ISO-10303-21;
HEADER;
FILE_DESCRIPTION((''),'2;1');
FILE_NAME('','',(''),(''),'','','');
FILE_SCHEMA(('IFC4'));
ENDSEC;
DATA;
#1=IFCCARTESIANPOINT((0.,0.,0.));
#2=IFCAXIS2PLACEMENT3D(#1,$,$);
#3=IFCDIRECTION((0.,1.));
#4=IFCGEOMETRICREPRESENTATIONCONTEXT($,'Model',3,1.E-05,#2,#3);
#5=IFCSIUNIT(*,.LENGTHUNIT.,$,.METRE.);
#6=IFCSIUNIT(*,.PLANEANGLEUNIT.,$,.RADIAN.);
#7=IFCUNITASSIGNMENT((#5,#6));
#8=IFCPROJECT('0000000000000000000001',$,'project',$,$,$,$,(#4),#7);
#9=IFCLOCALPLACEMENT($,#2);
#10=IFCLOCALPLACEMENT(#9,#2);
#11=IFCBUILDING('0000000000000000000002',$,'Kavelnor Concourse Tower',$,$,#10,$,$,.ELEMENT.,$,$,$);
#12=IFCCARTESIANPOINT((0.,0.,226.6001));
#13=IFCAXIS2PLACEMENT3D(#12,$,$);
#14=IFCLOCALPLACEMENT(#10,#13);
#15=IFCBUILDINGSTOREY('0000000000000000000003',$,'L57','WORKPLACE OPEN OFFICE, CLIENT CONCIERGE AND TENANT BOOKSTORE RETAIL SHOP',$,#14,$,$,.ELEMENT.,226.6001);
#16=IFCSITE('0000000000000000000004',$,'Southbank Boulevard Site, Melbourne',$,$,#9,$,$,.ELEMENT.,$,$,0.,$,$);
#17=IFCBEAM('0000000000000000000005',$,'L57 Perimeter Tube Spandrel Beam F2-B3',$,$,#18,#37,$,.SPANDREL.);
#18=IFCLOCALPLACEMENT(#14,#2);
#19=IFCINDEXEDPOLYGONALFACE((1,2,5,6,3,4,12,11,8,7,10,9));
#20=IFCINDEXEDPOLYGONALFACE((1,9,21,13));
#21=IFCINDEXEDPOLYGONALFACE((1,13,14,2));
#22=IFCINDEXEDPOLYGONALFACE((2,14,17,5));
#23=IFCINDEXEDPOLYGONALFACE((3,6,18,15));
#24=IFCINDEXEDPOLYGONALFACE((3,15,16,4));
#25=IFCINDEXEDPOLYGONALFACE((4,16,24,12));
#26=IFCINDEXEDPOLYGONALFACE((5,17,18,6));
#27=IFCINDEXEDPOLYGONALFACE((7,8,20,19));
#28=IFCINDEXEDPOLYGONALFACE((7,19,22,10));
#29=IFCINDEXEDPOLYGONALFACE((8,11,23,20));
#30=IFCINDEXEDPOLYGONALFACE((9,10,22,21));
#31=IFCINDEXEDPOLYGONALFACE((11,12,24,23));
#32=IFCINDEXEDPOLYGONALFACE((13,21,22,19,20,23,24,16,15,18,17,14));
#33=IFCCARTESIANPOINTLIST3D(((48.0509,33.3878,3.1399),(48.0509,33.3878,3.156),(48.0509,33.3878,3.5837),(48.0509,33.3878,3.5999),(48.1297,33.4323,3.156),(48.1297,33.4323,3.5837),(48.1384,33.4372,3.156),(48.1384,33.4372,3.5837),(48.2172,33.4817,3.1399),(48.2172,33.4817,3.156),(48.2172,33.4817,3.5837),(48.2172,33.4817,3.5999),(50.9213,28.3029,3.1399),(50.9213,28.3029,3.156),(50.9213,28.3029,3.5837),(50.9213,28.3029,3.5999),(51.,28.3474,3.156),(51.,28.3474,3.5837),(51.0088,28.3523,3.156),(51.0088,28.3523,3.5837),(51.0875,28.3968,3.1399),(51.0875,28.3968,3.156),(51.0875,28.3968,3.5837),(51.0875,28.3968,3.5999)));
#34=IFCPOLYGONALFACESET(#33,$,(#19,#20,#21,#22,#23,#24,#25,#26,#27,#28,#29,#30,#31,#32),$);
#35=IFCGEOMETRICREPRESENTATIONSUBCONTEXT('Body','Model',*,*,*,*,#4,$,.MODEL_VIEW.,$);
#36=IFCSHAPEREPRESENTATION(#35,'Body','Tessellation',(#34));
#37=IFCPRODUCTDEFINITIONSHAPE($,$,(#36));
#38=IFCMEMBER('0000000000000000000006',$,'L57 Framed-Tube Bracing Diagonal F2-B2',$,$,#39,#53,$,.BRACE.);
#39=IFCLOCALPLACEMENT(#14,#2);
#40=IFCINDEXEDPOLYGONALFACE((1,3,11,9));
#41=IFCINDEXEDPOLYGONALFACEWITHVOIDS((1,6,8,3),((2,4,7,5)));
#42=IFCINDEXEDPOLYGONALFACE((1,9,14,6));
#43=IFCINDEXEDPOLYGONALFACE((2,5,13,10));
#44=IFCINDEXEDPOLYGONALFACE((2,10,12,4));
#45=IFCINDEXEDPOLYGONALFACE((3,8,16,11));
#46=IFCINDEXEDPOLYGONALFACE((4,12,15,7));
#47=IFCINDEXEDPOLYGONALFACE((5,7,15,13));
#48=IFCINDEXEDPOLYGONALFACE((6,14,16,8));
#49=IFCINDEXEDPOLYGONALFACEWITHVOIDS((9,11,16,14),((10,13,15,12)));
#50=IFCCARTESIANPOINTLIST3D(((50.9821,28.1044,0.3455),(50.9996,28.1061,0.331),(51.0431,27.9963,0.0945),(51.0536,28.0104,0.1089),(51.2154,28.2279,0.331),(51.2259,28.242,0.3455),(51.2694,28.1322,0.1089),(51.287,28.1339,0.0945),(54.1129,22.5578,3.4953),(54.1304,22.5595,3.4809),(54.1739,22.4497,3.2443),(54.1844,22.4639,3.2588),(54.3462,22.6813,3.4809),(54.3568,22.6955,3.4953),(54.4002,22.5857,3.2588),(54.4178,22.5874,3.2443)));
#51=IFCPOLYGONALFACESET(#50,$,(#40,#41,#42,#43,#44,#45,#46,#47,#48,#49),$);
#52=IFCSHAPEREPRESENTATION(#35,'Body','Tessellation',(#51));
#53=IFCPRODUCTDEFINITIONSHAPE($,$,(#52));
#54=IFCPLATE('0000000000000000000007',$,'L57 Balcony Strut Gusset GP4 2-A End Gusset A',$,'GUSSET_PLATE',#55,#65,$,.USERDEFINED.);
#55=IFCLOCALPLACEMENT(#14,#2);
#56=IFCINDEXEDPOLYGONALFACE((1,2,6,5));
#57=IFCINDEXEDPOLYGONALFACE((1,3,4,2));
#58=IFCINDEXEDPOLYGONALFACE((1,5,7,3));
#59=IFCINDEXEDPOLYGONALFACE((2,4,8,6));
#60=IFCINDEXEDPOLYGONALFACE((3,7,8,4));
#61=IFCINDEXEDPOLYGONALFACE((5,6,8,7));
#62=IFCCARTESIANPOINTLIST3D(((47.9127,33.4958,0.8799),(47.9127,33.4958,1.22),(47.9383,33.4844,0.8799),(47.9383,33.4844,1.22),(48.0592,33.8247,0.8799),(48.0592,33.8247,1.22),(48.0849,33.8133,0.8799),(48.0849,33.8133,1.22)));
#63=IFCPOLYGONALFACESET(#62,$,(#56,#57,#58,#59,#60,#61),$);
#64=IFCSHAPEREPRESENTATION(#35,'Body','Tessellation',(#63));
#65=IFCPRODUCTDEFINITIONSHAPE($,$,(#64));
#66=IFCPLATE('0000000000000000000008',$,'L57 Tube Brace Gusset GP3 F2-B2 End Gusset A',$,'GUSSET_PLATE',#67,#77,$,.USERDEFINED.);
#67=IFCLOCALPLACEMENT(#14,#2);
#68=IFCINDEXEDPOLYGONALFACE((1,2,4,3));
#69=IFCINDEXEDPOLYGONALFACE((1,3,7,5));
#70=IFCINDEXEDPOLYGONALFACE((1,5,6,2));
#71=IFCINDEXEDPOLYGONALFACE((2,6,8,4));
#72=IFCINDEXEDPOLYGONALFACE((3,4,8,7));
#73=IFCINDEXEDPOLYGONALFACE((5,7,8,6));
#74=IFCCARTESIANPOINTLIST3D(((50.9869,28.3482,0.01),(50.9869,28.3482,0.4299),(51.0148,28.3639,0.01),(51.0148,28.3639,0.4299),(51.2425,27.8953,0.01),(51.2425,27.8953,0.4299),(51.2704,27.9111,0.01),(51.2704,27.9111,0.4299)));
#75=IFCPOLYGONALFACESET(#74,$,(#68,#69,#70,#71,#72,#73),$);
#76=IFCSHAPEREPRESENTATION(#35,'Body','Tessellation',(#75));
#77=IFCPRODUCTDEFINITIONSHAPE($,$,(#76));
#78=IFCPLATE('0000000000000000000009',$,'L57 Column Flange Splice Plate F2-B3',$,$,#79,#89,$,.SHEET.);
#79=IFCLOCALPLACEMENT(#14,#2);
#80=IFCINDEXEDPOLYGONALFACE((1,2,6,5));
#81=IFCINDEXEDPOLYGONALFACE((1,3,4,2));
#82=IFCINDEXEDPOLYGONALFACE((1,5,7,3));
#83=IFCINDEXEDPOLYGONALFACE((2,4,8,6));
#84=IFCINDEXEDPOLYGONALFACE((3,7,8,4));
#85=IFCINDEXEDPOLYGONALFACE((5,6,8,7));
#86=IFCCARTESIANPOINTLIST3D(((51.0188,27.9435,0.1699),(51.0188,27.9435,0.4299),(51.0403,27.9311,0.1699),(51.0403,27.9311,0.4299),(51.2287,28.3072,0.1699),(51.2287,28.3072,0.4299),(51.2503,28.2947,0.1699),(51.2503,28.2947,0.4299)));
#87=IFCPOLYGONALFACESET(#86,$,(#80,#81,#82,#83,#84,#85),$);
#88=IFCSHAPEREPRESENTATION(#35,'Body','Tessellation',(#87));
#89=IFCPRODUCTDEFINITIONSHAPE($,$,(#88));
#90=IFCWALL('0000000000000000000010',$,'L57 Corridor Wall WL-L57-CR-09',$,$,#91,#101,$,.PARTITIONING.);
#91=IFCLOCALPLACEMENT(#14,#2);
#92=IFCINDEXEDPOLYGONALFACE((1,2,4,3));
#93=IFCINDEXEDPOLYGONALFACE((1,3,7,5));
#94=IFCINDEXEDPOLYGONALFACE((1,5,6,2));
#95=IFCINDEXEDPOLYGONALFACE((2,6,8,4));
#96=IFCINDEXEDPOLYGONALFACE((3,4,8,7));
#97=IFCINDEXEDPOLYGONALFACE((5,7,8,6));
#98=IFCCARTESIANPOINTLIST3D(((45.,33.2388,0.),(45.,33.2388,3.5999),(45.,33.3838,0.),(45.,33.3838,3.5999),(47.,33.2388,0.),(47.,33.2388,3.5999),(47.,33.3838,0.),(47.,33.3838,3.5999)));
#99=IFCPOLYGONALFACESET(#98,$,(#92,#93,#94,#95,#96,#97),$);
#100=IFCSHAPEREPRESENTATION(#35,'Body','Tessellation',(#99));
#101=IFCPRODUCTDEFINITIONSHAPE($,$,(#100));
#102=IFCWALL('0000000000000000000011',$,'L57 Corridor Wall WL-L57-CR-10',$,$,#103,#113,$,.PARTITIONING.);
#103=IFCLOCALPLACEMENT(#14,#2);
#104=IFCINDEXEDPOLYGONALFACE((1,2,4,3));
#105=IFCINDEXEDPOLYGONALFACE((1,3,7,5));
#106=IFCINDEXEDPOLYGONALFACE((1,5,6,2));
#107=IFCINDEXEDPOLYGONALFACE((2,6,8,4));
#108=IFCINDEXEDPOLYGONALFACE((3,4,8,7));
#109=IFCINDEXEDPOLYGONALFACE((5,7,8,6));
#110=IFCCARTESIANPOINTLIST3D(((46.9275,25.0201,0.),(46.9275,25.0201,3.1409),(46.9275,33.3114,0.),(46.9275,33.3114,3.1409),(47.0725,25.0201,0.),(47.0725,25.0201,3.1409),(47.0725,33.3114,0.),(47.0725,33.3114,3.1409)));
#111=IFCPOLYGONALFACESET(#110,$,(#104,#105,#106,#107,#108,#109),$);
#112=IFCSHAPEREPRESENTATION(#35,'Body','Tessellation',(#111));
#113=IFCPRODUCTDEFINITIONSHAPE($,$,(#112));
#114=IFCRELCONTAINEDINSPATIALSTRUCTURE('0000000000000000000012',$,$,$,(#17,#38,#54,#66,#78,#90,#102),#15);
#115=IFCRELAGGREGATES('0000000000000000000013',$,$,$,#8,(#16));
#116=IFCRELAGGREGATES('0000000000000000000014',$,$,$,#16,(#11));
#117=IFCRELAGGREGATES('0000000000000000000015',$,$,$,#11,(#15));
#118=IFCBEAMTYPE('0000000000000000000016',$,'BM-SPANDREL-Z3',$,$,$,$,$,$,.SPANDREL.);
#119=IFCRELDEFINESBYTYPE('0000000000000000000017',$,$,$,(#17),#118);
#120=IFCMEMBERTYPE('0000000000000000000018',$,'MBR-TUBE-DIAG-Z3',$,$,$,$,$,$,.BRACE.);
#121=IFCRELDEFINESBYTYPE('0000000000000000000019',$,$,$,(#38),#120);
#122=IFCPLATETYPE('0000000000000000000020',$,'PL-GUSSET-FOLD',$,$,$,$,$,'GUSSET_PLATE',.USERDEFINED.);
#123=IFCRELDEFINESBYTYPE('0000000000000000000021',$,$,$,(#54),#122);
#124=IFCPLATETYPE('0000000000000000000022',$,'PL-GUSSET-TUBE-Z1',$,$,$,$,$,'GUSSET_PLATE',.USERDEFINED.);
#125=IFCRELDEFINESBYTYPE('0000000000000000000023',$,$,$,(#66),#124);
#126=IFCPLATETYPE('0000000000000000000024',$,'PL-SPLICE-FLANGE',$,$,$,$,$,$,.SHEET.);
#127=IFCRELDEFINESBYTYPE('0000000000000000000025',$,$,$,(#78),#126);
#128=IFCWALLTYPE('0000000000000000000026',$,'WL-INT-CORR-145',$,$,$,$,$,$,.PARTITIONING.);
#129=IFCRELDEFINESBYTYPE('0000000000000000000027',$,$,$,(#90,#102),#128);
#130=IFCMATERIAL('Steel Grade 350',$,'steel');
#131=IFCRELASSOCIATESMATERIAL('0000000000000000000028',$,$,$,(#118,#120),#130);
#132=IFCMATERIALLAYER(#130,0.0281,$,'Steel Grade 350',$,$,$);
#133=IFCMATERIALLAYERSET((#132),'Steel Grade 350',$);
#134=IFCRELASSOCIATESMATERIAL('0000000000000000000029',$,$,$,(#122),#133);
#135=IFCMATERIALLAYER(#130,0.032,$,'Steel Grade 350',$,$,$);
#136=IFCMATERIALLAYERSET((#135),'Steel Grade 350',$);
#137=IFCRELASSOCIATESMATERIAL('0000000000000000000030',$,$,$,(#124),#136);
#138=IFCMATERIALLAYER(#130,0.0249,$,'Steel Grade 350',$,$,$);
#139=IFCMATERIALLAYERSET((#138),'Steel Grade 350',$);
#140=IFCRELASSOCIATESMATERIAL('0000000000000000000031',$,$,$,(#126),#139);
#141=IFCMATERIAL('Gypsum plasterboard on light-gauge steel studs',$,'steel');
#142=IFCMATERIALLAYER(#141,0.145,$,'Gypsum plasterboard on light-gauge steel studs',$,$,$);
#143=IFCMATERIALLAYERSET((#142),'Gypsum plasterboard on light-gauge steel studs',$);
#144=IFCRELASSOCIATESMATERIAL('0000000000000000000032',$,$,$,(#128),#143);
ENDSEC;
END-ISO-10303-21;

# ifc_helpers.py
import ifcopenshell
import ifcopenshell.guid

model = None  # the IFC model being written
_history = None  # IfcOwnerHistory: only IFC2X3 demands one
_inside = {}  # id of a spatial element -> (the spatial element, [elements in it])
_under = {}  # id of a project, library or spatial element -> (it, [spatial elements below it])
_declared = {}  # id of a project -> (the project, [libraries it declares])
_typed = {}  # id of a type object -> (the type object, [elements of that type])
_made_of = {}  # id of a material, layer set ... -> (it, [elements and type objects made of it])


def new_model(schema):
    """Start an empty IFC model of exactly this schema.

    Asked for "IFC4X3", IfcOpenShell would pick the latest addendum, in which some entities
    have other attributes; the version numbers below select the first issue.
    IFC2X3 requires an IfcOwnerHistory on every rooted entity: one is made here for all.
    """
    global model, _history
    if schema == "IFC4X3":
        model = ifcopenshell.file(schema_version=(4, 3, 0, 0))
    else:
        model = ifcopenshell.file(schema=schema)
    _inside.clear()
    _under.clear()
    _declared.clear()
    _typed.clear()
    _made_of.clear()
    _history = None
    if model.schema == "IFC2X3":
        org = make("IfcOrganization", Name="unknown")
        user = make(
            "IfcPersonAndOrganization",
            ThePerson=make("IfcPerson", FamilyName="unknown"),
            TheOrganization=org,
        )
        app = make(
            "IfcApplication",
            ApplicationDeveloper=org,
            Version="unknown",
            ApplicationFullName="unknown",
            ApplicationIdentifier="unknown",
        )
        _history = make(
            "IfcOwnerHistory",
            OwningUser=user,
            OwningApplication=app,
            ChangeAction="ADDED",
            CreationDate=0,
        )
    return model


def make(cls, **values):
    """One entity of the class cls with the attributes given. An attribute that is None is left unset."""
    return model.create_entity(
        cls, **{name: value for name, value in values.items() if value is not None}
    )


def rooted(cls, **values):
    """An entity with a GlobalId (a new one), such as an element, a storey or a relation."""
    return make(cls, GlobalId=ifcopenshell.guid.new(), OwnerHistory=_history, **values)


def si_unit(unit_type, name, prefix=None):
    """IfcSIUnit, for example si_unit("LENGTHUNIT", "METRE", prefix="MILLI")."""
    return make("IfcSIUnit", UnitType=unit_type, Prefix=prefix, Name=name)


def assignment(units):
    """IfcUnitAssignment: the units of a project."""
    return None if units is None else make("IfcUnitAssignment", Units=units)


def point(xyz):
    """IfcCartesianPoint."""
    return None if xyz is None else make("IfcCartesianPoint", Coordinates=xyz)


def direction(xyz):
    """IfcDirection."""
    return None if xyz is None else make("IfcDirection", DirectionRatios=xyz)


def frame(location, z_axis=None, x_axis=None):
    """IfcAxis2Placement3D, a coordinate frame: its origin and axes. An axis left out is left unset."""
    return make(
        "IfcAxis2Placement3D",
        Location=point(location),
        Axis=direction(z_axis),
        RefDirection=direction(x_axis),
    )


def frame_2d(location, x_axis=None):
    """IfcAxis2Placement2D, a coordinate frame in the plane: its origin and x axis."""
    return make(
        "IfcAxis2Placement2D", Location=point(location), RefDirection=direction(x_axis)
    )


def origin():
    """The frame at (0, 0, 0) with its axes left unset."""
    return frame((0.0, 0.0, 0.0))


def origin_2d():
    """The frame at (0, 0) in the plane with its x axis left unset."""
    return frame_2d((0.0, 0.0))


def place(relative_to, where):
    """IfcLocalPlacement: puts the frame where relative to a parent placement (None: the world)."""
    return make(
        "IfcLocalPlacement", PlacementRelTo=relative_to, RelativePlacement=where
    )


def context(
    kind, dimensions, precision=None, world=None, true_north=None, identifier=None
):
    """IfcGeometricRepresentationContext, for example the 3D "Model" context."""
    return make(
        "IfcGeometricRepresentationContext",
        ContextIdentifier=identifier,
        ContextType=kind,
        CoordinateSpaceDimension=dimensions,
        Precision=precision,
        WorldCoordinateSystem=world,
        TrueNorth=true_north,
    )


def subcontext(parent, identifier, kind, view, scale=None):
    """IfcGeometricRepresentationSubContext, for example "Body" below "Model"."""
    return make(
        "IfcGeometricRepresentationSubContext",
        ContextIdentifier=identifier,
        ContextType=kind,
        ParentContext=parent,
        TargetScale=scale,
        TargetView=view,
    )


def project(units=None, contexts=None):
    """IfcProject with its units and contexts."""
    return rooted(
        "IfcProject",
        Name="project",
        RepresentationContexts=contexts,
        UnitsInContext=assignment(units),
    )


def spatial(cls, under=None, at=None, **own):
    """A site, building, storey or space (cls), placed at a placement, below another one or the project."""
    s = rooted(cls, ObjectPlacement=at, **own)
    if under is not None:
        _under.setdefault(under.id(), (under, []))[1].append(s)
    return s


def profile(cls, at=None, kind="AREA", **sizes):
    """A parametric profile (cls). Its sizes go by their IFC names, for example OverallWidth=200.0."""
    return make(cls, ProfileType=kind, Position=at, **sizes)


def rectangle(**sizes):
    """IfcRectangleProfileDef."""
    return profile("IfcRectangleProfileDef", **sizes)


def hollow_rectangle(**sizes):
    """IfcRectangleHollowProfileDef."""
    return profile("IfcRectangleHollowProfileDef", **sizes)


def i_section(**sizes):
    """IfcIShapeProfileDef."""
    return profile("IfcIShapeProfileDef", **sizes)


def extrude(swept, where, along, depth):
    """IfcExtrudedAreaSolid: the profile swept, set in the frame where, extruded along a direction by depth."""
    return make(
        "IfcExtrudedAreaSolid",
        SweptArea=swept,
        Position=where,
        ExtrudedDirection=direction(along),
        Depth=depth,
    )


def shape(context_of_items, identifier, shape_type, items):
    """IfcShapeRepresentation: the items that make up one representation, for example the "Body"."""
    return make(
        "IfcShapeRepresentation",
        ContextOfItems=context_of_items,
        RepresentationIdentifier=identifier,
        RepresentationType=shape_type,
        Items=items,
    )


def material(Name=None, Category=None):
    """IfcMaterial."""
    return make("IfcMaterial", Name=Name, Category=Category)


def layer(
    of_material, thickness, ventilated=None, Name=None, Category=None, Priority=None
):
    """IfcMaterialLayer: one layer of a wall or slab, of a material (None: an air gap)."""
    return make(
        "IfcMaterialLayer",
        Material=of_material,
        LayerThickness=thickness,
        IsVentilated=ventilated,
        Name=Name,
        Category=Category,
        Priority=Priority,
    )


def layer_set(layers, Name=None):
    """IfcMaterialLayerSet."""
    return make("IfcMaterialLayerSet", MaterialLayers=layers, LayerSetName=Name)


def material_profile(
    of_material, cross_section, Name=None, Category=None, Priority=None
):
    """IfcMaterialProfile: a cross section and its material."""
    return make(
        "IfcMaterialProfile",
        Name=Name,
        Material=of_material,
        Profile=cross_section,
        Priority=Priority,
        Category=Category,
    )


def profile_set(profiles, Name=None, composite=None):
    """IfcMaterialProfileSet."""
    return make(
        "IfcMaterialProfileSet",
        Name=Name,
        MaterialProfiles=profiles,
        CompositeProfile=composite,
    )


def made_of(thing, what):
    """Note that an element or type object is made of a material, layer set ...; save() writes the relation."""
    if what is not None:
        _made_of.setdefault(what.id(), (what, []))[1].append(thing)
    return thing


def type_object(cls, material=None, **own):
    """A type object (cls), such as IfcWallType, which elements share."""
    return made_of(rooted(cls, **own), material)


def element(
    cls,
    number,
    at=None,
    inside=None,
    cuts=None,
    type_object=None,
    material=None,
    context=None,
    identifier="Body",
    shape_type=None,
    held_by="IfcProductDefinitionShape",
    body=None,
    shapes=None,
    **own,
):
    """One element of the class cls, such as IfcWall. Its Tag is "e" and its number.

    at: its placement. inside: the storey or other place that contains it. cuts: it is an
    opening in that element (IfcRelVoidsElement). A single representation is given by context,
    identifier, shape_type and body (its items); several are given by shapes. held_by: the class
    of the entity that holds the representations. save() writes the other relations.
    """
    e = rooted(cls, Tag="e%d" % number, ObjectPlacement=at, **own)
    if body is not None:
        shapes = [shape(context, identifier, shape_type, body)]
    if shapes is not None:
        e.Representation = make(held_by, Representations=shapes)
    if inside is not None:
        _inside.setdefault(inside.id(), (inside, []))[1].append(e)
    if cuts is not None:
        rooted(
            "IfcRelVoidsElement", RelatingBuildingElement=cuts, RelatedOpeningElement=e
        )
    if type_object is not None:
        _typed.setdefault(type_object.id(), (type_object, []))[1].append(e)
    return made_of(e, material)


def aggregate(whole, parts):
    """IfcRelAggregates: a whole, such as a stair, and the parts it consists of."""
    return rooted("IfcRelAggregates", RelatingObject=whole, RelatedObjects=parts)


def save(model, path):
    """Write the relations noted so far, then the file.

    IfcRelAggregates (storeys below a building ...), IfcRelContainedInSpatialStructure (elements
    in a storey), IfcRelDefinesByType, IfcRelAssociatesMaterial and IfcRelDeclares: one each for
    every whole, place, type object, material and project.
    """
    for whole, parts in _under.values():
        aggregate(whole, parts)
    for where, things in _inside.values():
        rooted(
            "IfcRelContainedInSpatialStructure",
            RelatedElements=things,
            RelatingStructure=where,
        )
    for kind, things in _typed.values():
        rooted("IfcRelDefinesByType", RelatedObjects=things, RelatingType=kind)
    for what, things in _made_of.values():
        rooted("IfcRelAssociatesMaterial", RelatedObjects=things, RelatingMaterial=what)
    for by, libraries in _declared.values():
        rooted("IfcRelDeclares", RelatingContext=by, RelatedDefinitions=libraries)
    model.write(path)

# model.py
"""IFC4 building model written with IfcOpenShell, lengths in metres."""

from ifc_helpers import new_model, si_unit, direction, frame, frame_2d, origin, origin_2d, place, context, subcontext, project, spatial, rectangle, hollow_rectangle, i_section, extrude, material, layer, layer_set, material_profile, profile_set, type_object, element, save


model = new_model("IFC4")

# Units and contexts
model_context = context("Model", 3, precision=1e-05, world=origin(), true_north=direction((0.0, 1.0)))
body_context = subcontext(model_context, "Body", "Model", "MODEL_VIEW")
ifc_project = project(units=[si_unit("LENGTHUNIT", "METRE"), si_unit("PLANEANGLEUNIT", "RADIAN")], contexts=[model_context])

# Site, building, storey
site_placement = place(None, origin())
site = spatial("IfcSite", under=ifc_project, at=site_placement, Name="Southbank Boulevard Site, Melbourne", CompositionType="ELEMENT", RefElevation=0.0)
building_placement = place(site_placement, origin())
building = spatial("IfcBuilding", under=site, at=building_placement, Name="Kavelnor Concourse Tower", CompositionType="ELEMENT")
storey_placement = place(building_placement, frame((0.0, 0.0, 226.6001)))
storey = spatial("IfcBuildingStorey", under=building, at=storey_placement, Name="L57", Description="WORKPLACE OPEN OFFICE, CLIENT CONCIERGE AND TENANT BOOKSTORE RETAIL SHOP", CompositionType="ELEMENT", Elevation=226.6001)

# Shared definitions
ifc_material_1 = material(Name="Steel Grade 350", Category="steel")

# Beam
ifc_material_profile_1 = material_profile(ifc_material_1, i_section(OverallWidth=0.1909, OverallDepth=0.46, WebThickness=0.01, FlangeThickness=0.0161, at=origin_2d()), Name="460UB82")
ifc_profile_set_1 = profile_set([ifc_material_profile_1], Name="Steel Grade 350")
beam_type_1 = type_object("IfcBeamType", Name="BM-SPANDREL-Z3", PredefinedType="SPANDREL", material=ifc_profile_set_1)
beam_1_placement = place(storey_placement, frame((51.0044, 28.3499, 3.3699), z_axis=(-0.491571, 0.870838, 0.0), x_axis=(-0.870838, -0.491571, 0.0)))
element("IfcBeam", 1, at=beam_1_placement, inside=storey, type_object=beam_type_1, Name="L57 Perimeter Tube Spandrel Beam F2-B3", PredefinedType="SPANDREL", context=body_context, shape_type="SweptSolid", body=[
    extrude(i_section(OverallWidth=0.1909, OverallDepth=0.46, WebThickness=0.01, FlangeThickness=0.0161, at=origin_2d()), origin(), (0.0, 0.0, 1.0), 5.8391),
])

# Member
ifc_material_profile_2 = material_profile(ifc_material_1, hollow_rectangle(XDim=0.28, YDim=0.28, WallThickness=0.0161, at=origin_2d()), Name="SHS 280x280x16")
ifc_profile_set_2 = profile_set([ifc_material_profile_2], Name="Steel Grade 350")
member_type = type_object("IfcMemberType", Name="MBR-TUBE-DIAG-Z3", PredefinedType="BRACE", material=ifc_profile_set_2)
member_placement = place(storey_placement, frame((51.1345, 28.1191, 0.22), z_axis=(0.44062, -0.780602, 0.4433), x_axis=(0.870845, 0.491558, 0.0)))
element("IfcMember", 2, at=member_placement, inside=storey, type_object=member_type, Name="L57 Framed-Tube Bracing Diagonal F2-B2", PredefinedType="BRACE", context=body_context, shape_type="SweptSolid", body=[
    extrude(hollow_rectangle(XDim=0.28, YDim=0.28, WallThickness=0.0161, at=origin_2d()), origin(), (0.0, 0.0, 1.0), 7.1055),
])

# Plates
ifc_layer_1 = layer(ifc_material_1, 0.0281, Name="Steel Grade 350")
ifc_layer_set_1 = layer_set([ifc_layer_1], Name="Steel Grade 350")
plate_type_1 = type_object("IfcPlateType", Name="PL-GUSSET-FOLD", ElementType="GUSSET_PLATE", PredefinedType="USERDEFINED", material=ifc_layer_set_1)
plate_1_placement = place(storey_placement, frame((47.9988, 33.6545, 0.8799), z_axis=(0.0, 0.0, 1.0), x_axis=(0.406896, 0.913474, 0.0)))
element("IfcPlate", 3, at=plate_1_placement, inside=storey, type_object=plate_type_1, Name="L57 Balcony Strut Gusset GP4 2-A End Gusset A", ObjectType="GUSSET_PLATE", PredefinedType="USERDEFINED", context=body_context, shape_type="SweptSolid", body=[
    extrude(rectangle(XDim=0.3601, YDim=0.0281, at=origin_2d()), origin(), (0.0, 0.0, 1.0), 0.3401),
])
ifc_layer_2 = layer(ifc_material_1, 0.032, Name="Steel Grade 350")
ifc_layer_set_2 = layer_set([ifc_layer_2], Name="Steel Grade 350")
plate_type_2 = type_object("IfcPlateType", Name="PL-GUSSET-TUBE-Z1", ElementType="GUSSET_PLATE", PredefinedType="USERDEFINED", material=ifc_layer_set_2)
plate_2_placement = place(storey_placement, frame((51.1287, 28.1296, 0.01), z_axis=(0.0, 0.0, 1.0), x_axis=(0.491512, -0.870871, 0.0)))
element("IfcPlate", 4, at=plate_2_placement, inside=storey, type_object=plate_type_2, Name="L57 Tube Brace Gusset GP3 F2-B2 End Gusset A", ObjectType="GUSSET_PLATE", PredefinedType="USERDEFINED", context=body_context, shape_type="SweptSolid", body=[
    extrude(rectangle(XDim=0.52, YDim=0.032, at=origin_2d()), origin(), (0.0, 0.0, 1.0), 0.4199),
])
ifc_layer_3 = layer(ifc_material_1, 0.0249, Name="Steel Grade 350")
ifc_layer_set_3 = layer_set([ifc_layer_3], Name="Steel Grade 350")
plate_type_3 = type_object("IfcPlateType", Name="PL-SPLICE-FLANGE", PredefinedType="SHEET", material=ifc_layer_set_3)
plate_3_placement = place(storey_placement, frame((51.1345, 28.1191, 0.1699), z_axis=(0.0, 0.0, 1.0), x_axis=(-0.5, -0.866025, 0.0)))
element("IfcPlate", 5, at=plate_3_placement, inside=storey, type_object=plate_type_3, Name="L57 Column Flange Splice Plate F2-B3", PredefinedType="SHEET", context=body_context, shape_type="SweptSolid", body=[
    extrude(rectangle(XDim=0.4199, YDim=0.0249, at=origin_2d()), origin(), (0.0, 0.0, 1.0), 0.26),
])

# Walls
ifc_material_2 = material(Name="Gypsum plasterboard on light-gauge steel studs", Category="steel")
ifc_layer_4 = layer(ifc_material_2, 0.145, Name="Gypsum plasterboard on light-gauge steel studs")
ifc_layer_set_4 = layer_set([ifc_layer_4], Name="Gypsum plasterboard on light-gauge steel studs")
wall_type = type_object("IfcWallType", Name="WL-INT-CORR-145", PredefinedType="PARTITIONING", material=ifc_layer_set_4)
wall_1_placement = place(storey_placement, frame((45.0, 33.3113, 0.0), z_axis=(0.0, 0.0, 1.0), x_axis=(1.0, 0.0, 0.0)))
element("IfcWall", 6, at=wall_1_placement, inside=storey, type_object=wall_type, Name="L57 Corridor Wall WL-L57-CR-09", PredefinedType="PARTITIONING", context=body_context, shape_type="SweptSolid", body=[
    extrude(rectangle(XDim=2.0, YDim=0.145, at=frame_2d((1.0, 0.0))), origin(), (0.0, 0.0, 1.0), 3.5999),
])
wall_2_placement = place(storey_placement, frame((47.0, 33.3113, 0.0), z_axis=(0.0, 0.0, 1.0), x_axis=(0.0, -1.0, 0.0)))
element("IfcWall", 7, at=wall_2_placement, inside=storey, type_object=wall_type, Name="L57 Corridor Wall WL-L57-CR-10", PredefinedType="PARTITIONING", context=body_context, shape_type="SweptSolid", body=[
    extrude(rectangle(XDim=8.2913, YDim=0.145, at=frame_2d((4.1455, 0.0))), origin(), (0.0, 0.0, 1.0), 3.1409),
])

save(model, "model.ifc")
